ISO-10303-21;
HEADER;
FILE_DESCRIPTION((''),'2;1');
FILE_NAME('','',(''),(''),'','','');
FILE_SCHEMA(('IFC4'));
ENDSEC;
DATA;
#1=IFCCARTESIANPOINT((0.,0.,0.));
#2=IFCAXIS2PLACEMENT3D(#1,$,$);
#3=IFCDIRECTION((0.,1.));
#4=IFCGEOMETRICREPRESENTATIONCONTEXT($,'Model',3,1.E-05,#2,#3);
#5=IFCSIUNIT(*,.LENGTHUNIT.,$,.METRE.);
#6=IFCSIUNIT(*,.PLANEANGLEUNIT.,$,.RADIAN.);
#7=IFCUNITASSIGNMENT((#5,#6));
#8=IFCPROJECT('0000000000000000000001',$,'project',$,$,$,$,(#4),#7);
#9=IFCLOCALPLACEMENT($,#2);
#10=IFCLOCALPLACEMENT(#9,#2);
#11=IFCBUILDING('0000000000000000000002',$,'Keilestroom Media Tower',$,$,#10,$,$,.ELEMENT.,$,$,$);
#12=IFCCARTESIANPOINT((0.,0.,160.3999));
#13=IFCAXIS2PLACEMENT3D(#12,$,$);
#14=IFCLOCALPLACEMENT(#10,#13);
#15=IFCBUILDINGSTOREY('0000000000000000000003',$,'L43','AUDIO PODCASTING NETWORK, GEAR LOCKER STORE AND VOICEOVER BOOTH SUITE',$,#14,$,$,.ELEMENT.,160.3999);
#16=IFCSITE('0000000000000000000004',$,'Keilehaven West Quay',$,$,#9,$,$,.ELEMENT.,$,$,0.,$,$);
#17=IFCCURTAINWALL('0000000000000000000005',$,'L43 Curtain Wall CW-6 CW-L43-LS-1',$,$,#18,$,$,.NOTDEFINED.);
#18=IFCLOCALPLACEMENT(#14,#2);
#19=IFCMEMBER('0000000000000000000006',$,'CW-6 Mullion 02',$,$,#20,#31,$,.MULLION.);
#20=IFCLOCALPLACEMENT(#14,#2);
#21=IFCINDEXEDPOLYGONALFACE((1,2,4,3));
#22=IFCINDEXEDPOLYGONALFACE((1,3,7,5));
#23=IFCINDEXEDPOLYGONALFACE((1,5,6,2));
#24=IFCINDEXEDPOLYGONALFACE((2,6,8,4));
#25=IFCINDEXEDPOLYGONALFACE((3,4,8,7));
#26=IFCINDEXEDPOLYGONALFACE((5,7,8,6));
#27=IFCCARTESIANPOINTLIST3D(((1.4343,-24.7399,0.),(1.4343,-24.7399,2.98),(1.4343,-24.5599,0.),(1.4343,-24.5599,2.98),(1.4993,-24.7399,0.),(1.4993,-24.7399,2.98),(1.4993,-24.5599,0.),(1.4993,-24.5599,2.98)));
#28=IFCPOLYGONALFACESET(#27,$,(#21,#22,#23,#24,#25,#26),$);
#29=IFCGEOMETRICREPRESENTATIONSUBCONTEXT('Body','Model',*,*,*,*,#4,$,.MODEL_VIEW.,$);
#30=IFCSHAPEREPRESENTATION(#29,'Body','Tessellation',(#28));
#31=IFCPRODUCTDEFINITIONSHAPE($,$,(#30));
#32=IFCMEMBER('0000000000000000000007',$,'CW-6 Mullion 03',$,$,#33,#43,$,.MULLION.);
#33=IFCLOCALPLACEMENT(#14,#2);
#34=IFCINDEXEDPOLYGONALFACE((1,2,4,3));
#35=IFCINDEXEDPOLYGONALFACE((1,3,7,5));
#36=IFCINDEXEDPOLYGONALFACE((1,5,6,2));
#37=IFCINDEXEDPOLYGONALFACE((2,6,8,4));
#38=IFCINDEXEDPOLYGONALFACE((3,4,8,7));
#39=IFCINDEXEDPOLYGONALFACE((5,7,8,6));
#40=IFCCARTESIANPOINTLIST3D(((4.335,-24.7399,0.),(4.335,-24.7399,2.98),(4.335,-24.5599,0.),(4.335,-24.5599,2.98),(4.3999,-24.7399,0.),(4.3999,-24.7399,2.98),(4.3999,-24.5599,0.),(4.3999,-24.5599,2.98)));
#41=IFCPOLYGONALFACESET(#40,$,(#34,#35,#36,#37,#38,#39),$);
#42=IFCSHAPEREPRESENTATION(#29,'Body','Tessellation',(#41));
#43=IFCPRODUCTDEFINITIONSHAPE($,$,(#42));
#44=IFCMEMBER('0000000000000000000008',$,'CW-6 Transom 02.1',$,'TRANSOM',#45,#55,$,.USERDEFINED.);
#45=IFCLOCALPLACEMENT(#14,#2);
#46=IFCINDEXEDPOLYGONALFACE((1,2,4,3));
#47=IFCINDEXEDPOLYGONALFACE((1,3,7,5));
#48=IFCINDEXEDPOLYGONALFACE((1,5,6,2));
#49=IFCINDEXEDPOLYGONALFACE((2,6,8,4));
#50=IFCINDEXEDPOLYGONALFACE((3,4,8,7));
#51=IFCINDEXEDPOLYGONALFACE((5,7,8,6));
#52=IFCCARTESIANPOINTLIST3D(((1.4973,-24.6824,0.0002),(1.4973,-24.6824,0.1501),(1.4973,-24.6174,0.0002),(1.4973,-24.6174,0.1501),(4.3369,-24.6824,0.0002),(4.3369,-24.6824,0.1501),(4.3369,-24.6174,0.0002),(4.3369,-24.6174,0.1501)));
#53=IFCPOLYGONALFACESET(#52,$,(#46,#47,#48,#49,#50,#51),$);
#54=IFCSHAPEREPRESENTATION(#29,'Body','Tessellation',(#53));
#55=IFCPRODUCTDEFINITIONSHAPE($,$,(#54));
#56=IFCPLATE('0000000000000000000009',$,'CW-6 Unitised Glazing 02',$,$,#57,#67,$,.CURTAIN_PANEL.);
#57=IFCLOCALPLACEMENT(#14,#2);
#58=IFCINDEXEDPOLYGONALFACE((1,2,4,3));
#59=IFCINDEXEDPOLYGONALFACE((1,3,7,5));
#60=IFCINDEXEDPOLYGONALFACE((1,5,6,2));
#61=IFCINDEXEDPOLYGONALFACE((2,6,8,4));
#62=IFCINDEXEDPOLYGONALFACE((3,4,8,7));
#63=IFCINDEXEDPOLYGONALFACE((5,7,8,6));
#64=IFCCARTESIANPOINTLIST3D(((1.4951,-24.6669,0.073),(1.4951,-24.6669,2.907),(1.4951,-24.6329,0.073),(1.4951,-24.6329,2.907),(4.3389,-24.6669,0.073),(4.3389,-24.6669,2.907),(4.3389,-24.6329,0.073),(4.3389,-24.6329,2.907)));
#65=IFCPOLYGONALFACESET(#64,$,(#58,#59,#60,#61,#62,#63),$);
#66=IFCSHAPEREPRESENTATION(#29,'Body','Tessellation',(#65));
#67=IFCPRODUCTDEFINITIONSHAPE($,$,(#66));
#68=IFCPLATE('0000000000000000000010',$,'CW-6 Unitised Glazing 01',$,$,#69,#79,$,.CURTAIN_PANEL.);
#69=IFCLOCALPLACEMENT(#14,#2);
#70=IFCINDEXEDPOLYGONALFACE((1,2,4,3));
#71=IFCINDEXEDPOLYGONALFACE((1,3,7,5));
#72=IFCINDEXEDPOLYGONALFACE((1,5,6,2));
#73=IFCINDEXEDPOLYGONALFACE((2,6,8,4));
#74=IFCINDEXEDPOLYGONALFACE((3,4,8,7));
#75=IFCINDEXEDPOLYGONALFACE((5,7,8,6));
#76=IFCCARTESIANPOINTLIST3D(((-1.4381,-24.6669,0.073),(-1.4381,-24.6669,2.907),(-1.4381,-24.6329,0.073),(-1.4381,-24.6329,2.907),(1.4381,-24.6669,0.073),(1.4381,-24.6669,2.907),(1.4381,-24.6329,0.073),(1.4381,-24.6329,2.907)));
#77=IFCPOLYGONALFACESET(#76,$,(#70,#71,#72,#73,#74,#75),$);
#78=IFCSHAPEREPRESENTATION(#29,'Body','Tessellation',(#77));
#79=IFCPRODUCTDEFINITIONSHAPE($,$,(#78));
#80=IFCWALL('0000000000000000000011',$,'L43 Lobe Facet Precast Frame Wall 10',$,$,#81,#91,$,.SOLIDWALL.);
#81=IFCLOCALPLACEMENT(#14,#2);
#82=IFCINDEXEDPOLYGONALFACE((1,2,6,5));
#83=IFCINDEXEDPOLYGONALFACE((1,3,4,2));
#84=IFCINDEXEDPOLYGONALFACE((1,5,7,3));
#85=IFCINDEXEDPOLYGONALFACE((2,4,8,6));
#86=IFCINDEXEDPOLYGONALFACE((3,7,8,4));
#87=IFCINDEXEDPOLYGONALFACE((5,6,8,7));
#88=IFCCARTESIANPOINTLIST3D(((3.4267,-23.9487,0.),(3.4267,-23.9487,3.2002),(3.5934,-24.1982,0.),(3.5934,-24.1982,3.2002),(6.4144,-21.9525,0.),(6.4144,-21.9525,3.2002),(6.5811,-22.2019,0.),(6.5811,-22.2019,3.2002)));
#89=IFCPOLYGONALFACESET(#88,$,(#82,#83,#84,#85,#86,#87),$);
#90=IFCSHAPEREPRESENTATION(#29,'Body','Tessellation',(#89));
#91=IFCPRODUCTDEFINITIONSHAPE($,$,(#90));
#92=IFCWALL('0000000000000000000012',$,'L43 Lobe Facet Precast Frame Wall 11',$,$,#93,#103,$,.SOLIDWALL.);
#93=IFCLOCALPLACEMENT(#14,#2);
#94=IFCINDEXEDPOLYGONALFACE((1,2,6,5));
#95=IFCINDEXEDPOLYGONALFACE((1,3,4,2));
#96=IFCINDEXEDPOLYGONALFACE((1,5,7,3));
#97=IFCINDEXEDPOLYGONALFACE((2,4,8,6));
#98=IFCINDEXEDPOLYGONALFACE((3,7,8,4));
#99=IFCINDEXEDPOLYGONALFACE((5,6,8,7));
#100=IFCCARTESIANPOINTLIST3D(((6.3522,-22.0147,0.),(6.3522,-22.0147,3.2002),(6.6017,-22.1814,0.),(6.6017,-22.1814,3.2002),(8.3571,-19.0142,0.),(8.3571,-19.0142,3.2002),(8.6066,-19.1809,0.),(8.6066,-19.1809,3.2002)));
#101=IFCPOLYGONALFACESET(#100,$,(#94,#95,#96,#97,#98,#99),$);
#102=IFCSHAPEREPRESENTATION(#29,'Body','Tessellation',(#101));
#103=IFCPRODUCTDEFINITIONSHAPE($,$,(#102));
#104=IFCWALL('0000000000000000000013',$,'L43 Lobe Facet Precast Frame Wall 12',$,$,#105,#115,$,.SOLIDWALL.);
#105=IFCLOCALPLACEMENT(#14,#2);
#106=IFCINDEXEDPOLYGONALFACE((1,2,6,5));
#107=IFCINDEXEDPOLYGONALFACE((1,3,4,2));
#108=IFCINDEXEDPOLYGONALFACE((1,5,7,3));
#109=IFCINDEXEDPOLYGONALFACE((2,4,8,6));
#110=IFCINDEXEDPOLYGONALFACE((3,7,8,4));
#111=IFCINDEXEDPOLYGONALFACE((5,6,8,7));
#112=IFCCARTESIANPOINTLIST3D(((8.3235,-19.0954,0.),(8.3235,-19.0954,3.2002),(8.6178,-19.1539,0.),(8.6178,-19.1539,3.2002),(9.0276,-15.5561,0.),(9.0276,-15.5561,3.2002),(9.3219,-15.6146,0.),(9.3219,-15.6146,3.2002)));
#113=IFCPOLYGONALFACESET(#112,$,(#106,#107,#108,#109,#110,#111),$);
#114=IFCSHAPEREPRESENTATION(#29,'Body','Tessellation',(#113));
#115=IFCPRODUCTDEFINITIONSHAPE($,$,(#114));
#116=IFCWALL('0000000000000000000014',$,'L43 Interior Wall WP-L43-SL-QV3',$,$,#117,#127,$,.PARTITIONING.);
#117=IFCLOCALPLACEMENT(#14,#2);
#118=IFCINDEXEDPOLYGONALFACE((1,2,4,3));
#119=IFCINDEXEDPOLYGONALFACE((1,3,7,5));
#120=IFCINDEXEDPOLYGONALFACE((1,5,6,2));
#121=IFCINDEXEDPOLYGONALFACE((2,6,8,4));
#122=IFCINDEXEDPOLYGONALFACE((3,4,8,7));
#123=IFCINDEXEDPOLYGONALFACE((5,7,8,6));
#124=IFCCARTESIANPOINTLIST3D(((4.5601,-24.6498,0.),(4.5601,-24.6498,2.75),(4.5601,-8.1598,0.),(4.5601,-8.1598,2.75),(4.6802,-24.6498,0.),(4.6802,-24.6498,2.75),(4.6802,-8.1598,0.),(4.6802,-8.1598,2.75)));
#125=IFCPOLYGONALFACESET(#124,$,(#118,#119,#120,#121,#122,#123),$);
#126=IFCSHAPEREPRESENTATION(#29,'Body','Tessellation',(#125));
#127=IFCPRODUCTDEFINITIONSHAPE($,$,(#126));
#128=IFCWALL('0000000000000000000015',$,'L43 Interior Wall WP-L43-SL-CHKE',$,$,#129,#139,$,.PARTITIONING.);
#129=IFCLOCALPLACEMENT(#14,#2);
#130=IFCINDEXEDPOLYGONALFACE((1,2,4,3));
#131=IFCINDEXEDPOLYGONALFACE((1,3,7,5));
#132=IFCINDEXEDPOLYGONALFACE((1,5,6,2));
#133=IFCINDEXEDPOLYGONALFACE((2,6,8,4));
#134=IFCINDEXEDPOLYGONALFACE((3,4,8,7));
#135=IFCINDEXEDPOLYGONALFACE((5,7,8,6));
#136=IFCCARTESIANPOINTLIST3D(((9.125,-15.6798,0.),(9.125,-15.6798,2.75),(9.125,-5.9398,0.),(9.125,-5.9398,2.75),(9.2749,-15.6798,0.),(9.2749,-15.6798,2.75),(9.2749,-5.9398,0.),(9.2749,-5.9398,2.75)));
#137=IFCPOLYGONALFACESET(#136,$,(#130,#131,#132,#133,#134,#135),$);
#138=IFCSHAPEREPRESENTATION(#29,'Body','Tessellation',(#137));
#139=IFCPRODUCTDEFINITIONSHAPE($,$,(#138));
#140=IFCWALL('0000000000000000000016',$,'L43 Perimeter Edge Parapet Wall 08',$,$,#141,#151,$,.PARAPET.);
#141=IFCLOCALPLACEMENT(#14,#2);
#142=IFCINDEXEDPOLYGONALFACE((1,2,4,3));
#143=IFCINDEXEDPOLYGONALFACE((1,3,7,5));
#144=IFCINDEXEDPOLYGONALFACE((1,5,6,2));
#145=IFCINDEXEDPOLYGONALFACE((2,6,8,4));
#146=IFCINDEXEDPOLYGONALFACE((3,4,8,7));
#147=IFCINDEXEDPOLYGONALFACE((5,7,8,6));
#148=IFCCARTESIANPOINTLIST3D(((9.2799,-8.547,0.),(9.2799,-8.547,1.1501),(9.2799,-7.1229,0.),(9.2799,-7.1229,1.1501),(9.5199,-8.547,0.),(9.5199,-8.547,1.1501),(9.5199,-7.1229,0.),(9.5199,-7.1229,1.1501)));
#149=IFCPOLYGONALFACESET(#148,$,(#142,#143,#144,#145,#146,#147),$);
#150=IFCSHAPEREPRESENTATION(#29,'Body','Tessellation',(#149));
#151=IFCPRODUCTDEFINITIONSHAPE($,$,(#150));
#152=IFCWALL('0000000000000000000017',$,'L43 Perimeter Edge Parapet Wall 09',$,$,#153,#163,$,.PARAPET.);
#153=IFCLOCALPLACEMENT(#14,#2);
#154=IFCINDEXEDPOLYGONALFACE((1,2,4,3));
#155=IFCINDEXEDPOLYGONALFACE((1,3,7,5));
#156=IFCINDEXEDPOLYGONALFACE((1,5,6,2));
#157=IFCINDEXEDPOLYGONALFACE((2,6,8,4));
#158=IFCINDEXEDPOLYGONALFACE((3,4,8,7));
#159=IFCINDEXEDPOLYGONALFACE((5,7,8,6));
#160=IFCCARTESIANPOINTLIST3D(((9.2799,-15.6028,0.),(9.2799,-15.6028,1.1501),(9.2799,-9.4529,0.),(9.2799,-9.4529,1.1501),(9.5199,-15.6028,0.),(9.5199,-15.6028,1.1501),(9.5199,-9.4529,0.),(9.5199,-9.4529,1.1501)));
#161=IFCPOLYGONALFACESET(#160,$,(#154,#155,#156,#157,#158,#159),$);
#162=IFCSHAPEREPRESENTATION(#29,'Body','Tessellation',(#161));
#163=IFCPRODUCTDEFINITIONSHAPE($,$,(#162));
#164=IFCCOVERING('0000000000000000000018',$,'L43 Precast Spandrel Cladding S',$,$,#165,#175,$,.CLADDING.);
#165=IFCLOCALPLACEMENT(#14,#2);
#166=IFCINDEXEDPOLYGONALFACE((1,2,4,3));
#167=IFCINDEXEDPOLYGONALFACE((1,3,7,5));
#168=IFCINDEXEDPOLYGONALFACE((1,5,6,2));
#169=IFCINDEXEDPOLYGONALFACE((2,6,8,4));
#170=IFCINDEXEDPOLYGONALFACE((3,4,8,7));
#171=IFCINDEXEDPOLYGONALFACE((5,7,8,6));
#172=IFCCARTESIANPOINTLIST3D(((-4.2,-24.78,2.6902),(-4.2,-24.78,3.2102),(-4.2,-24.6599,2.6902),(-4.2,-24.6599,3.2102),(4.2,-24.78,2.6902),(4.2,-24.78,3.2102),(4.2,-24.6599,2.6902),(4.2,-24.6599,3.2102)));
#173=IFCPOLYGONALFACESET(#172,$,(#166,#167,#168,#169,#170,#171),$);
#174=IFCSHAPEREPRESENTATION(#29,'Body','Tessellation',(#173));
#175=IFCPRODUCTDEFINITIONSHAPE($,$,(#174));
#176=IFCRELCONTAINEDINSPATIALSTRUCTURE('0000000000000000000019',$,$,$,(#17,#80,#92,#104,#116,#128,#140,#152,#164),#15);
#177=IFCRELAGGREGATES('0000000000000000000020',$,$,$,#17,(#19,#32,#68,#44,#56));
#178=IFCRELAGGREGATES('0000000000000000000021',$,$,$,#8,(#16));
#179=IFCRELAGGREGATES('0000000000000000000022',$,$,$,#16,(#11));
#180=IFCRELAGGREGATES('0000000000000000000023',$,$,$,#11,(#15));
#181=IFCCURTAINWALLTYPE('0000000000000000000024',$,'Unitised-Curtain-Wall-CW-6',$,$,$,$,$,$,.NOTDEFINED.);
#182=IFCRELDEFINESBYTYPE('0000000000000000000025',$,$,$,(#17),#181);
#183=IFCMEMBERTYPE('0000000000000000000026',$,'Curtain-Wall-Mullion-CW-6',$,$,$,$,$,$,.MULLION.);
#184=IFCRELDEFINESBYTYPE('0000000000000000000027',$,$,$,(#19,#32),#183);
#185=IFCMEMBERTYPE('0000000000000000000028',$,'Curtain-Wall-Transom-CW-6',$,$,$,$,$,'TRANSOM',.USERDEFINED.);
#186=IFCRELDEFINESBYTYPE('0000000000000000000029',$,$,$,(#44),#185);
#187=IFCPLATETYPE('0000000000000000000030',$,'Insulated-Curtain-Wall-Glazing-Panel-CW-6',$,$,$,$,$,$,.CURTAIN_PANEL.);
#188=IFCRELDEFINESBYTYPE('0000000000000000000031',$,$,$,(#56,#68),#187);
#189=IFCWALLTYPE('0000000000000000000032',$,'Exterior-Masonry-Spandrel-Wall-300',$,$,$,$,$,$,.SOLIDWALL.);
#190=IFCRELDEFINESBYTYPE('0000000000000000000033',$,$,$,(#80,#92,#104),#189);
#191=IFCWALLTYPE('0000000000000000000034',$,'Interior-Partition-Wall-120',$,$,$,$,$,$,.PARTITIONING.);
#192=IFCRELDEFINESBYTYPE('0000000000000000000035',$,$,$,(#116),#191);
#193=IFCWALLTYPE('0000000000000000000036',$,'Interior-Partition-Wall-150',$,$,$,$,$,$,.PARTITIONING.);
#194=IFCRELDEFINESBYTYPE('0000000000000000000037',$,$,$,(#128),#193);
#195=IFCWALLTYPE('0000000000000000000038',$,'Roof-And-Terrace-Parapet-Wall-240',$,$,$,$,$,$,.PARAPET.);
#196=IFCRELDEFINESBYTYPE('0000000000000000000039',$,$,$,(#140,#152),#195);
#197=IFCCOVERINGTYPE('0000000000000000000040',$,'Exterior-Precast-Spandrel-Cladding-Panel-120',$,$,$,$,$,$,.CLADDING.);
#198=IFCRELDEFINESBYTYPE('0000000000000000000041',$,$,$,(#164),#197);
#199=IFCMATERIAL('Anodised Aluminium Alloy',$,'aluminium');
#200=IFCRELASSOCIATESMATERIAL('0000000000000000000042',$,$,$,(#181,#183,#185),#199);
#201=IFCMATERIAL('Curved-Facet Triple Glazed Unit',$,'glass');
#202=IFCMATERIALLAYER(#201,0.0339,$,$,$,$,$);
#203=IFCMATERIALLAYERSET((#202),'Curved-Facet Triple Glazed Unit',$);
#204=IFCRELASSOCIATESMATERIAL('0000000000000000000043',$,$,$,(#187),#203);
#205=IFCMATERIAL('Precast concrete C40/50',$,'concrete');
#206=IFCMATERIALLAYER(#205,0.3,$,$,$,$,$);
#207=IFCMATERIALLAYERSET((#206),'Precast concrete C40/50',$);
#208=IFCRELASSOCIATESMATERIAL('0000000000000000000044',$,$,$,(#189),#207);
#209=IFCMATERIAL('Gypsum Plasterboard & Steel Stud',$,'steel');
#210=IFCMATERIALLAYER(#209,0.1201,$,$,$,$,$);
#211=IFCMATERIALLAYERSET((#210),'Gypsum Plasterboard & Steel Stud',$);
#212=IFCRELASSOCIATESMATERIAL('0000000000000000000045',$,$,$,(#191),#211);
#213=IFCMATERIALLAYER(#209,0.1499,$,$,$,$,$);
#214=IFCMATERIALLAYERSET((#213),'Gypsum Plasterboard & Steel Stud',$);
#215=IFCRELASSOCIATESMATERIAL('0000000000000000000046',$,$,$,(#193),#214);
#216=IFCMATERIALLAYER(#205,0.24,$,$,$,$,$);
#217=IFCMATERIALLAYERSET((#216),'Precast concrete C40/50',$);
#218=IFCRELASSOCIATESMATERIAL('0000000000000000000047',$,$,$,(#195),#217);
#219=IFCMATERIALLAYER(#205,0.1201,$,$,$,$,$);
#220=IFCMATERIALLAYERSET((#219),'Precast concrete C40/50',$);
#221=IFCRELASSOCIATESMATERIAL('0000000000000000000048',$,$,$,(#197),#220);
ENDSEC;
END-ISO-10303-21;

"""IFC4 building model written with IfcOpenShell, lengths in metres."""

from ifc_helpers import new_model, si_unit, direction, frame, frame_2d, origin, origin_2d, place, context, subcontext, project, spatial, rectangle, extrude, source, transform, mapped, material, layer, layer_set, material_profile, profile_set, type_object, element, aggregate, save


model = new_model("IFC4")

# Units and contexts
model_context = context("Model", 3, precision=1e-05, world=origin(), true_north=direction((0.0, 1.0)))
body_context = subcontext(model_context, "Body", "Model", "MODEL_VIEW")
ifc_project = project(units=[si_unit("LENGTHUNIT", "METRE"), si_unit("PLANEANGLEUNIT", "RADIAN")], contexts=[model_context])

# Site, building, storey
site_placement = place(None, origin())
site = spatial("IfcSite", under=ifc_project, at=site_placement, Name="Keilehaven West Quay", CompositionType="ELEMENT", RefElevation=0.0)
building_placement = place(site_placement, origin())
building = spatial("IfcBuilding", under=site, at=building_placement, Name="Keilestroom Media Tower", CompositionType="ELEMENT")
storey_placement = place(building_placement, frame((0.0, 0.0, 160.3999)))
storey = spatial("IfcBuildingStorey", under=building, at=storey_placement, Name="L43", Description="AUDIO PODCASTING NETWORK, GEAR LOCKER STORE AND VOICEOVER BOOTH SUITE", CompositionType="ELEMENT", Elevation=160.3999)

# Shared definitions
ifc_material_1 = material(Name="Precast concrete C40/50", Category="concrete")

# Curtain wall, members, plates
ifc_material_2 = material(Name="Anodised Aluminium Alloy", Category="aluminium")
curtain_wall_type = type_object("IfcCurtainWallType", Name="Unitised-Curtain-Wall-CW-6", PredefinedType="NOTDEFINED", material=ifc_material_2)
curtain_wall_placement = place(storey_placement, origin())
curtain_wall = element("IfcCurtainWall", 1, at=curtain_wall_placement, inside=storey, type_object=curtain_wall_type, Name="L43 Curtain Wall CW-6 CW-L43-LS-1", PredefinedType="NOTDEFINED")
ifc_material_profile_1 = material_profile(ifc_material_2, rectangle(XDim=0.0649, YDim=0.1799, at=origin_2d()), Name="ALU MULLION 65x180")
ifc_profile_set_1 = profile_set([ifc_material_profile_1], Name="Anodised Aluminium Alloy")
member_type_1 = type_object("IfcMemberType", Name="Curtain-Wall-Mullion-CW-6", PredefinedType="MULLION", material=ifc_profile_set_1)
shared_shape_1 = source(origin(), body_context, "Body", "SweptSolid", [
    extrude(rectangle(XDim=0.0649, YDim=0.1799, at=origin_2d()), origin(), (0.0, 0.0, 1.0), 2.98),
])
member_1_placement = place(storey_placement, frame((1.4668, -24.6499, 0.0), z_axis=(0.0, 0.0, 1.0), x_axis=(1.0, 0.0, 0.0)))
member_1 = element("IfcMember", 2, at=member_1_placement, type_object=member_type_1, Name="CW-6 Mullion 02", PredefinedType="MULLION", context=body_context, shape_type="MappedRepresentation", body=[
    mapped(shared_shape_1, transform((0.0, 0.0, 0.0), x_axis=(1.0, 0.0, 0.0), y_axis=(0.0, 1.0, 0.0), z_axis=(0.0, 0.0, 1.0), scale=1.0)),
])
member_2_placement = place(storey_placement, frame((4.3674, -24.6499, 0.0), z_axis=(0.0, 0.0, 1.0), x_axis=(1.0, 0.0, 0.0)))
member_2 = element("IfcMember", 3, at=member_2_placement, type_object=member_type_1, Name="CW-6 Mullion 03", PredefinedType="MULLION", context=body_context, shape_type="MappedRepresentation", body=[
    mapped(shared_shape_1, transform((0.0, 0.0, 0.0), x_axis=(1.0, 0.0, 0.0), y_axis=(0.0, 1.0, 0.0), z_axis=(0.0, 0.0, 1.0), scale=1.0)),
])
ifc_material_profile_2 = material_profile(ifc_material_2, rectangle(XDim=0.0649, YDim=0.1499, at=origin_2d()), Name="ALU TRANSOM 65x150")
ifc_profile_set_2 = profile_set([ifc_material_profile_2], Name="Anodised Aluminium Alloy")
member_type_2 = type_object("IfcMemberType", Name="Curtain-Wall-Transom-CW-6", ElementType="TRANSOM", PredefinedType="USERDEFINED", material=ifc_profile_set_2)
shared_shape_2 = source(origin(), body_context, "Body", "SweptSolid", [
    extrude(rectangle(XDim=0.0649, YDim=0.1499, at=origin_2d()), origin(), (0.0, 0.0, 1.0), 2.8396),
])
member_3_placement = place(storey_placement, frame((1.4973, -24.6499, 0.0752), z_axis=(1.0, 0.0, 0.0), x_axis=(0.0, 1.0, 0.0)))
member_3 = element("IfcMember", 4, at=member_3_placement, type_object=member_type_2, Name="CW-6 Transom 02.1", ObjectType="TRANSOM", PredefinedType="USERDEFINED", context=body_context, shape_type="MappedRepresentation", body=[
    mapped(shared_shape_2, transform((0.0, 0.0, 0.0), x_axis=(1.0, 0.0, 0.0), y_axis=(0.0, 1.0, 0.0), z_axis=(0.0, 0.0, 1.0), scale=1.0)),
])
ifc_material_3 = material(Name="Curved-Facet Triple Glazed Unit", Category="glass")
ifc_layer_1 = layer(ifc_material_3, 0.0339)
ifc_layer_set_1 = layer_set([ifc_layer_1], Name="Curved-Facet Triple Glazed Unit")
plate_type = type_object("IfcPlateType", Name="Insulated-Curtain-Wall-Glazing-Panel-CW-6", PredefinedType="CURTAIN_PANEL", material=ifc_layer_set_1)
shared_shape_3 = source(origin(), body_context, "Body", "SweptSolid", [
    extrude(rectangle(XDim=2.8438, YDim=0.0339, at=origin_2d()), origin(), (0.0, 0.0, 1.0), 2.834),
])
plate_1_placement = place(storey_placement, frame((2.917, -24.6499, 0.073), z_axis=(0.0, 0.0, 1.0), x_axis=(1.0, 0.0, 0.0)))
plate_1 = element("IfcPlate", 5, at=plate_1_placement, type_object=plate_type, Name="CW-6 Unitised Glazing 02", PredefinedType="CURTAIN_PANEL", context=body_context, shape_type="MappedRepresentation", body=[
    mapped(shared_shape_3, transform((0.0, 0.0, 0.0), x_axis=(1.0, 0.0, 0.0), y_axis=(0.0, 1.0, 0.0), z_axis=(0.0, 0.0, 1.0), scale=1.0)),
])
shared_shape_4 = source(origin(), body_context, "Body", "SweptSolid", [
    extrude(rectangle(XDim=2.8762, YDim=0.0339, at=origin_2d()), origin(), (0.0, 0.0, 1.0), 2.834),
])
plate_2_placement = place(storey_placement, frame((0.0, -24.6499, 0.073), z_axis=(0.0, 0.0, 1.0), x_axis=(1.0, 0.0, 0.0)))
plate_2 = element("IfcPlate", 6, at=plate_2_placement, type_object=plate_type, Name="CW-6 Unitised Glazing 01", PredefinedType="CURTAIN_PANEL", context=body_context, shape_type="MappedRepresentation", body=[
    mapped(shared_shape_4, transform((0.0, 0.0, 0.0), x_axis=(1.0, 0.0, 0.0), y_axis=(0.0, 1.0, 0.0), z_axis=(0.0, 0.0, 1.0), scale=1.0)),
])
aggregate(curtain_wall, [member_1, member_2, plate_2, member_3, plate_1])

# Walls
ifc_layer_2 = layer(ifc_material_1, 0.3)
ifc_layer_set_2 = layer_set([ifc_layer_2], Name="Precast concrete C40/50")
wall_type_1 = type_object("IfcWallType", Name="Exterior-Masonry-Spandrel-Wall-300", PredefinedType="SOLIDWALL", material=ifc_layer_set_2)
wall_1_placement = place(storey_placement, frame((3.51, -24.0735, 0.0), z_axis=(0.0, 0.0, 1.0), x_axis=(0.831475, 0.555562, 0.0)))
element("IfcWall", 7, at=wall_1_placement, inside=storey, type_object=wall_type_1, Name="L43 Lobe Facet Precast Frame Wall 10", PredefinedType="SOLIDWALL", context=body_context, shape_type="SweptSolid", body=[
    extrude(rectangle(XDim=3.5933, YDim=0.3, at=frame_2d((1.7966, 0.0))), origin(), (0.0, 0.0, 1.0), 3.2002),
])
for number, where, z_axis, x_axis, name in (
    (8, (6.4771, -22.0979, 0.0), (0.0, 0.0, 1.0), (0.555574, 0.831467, 0.0), "L43 Lobe Facet Precast Frame Wall 11"),
    (9, (8.4707, -19.1245, 0.0), (0.0, 0.0, 1.0), (0.195114, 0.980781, 0.0), "L43 Lobe Facet Precast Frame Wall 12"),
):
    element("IfcWall", number, at=place(storey_placement, frame(where, z_axis=z_axis, x_axis=x_axis)), inside=storey, type_object=wall_type_1, Name=name, PredefinedType="SOLIDWALL", context=body_context, shape_type="SweptSolid", body=[
        extrude(rectangle(XDim=3.6086, YDim=0.3, at=frame_2d((1.8042, 0.0))), origin(), (0.0, 0.0, 1.0), 3.2002),
    ])
ifc_material_4 = material(Name="Gypsum Plasterboard & Steel Stud", Category="steel")
ifc_layer_3 = layer(ifc_material_4, 0.1201)
ifc_layer_set_3 = layer_set([ifc_layer_3], Name="Gypsum Plasterboard & Steel Stud")
wall_type_2 = type_object("IfcWallType", Name="Interior-Partition-Wall-120", PredefinedType="PARTITIONING", material=ifc_layer_set_3)
wall_2_placement = place(storey_placement, frame((4.6201, -24.6499, 0.0), z_axis=(0.0, 0.0, 1.0), x_axis=(0.0, 1.0, 0.0)))
element("IfcWall", 10, at=wall_2_placement, inside=storey, type_object=wall_type_2, Name="L43 Interior Wall WP-L43-SL-QV3", PredefinedType="PARTITIONING", context=body_context, shape_type="SweptSolid", body=[
    extrude(rectangle(XDim=16.49, YDim=0.1201, at=frame_2d((8.2451, 0.0))), origin(), (0.0, 0.0, 1.0), 2.75),
])
ifc_layer_4 = layer(ifc_material_4, 0.1499)
ifc_layer_set_4 = layer_set([ifc_layer_4], Name="Gypsum Plasterboard & Steel Stud")
wall_type_3 = type_object("IfcWallType", Name="Interior-Partition-Wall-150", PredefinedType="PARTITIONING", material=ifc_layer_set_4)
wall_3_placement = place(storey_placement, frame((9.2, -15.6799, 0.0), z_axis=(0.0, 0.0, 1.0), x_axis=(0.0, 1.0, 0.0)))
element("IfcWall", 11, at=wall_3_placement, inside=storey, type_object=wall_type_3, Name="L43 Interior Wall WP-L43-SL-CHKE", PredefinedType="PARTITIONING", context=body_context, shape_type="SweptSolid", body=[
    extrude(rectangle(XDim=9.74, YDim=0.1499, at=frame_2d((4.8701, 0.0))), origin(), (0.0, 0.0, 1.0), 2.75),
])
ifc_layer_5 = layer(ifc_material_1, 0.24)
ifc_layer_set_5 = layer_set([ifc_layer_5], Name="Precast concrete C40/50")
wall_type_4 = type_object("IfcWallType", Name="Roof-And-Terrace-Parapet-Wall-240", PredefinedType="PARAPET", material=ifc_layer_set_5)
wall_4_placement = place(storey_placement, frame((9.3999, -7.123, 0.0), z_axis=(0.0, 0.0, 1.0), x_axis=(0.0, -1.0, 0.0)))
element("IfcWall", 12, at=wall_4_placement, inside=storey, type_object=wall_type_4, Name="L43 Perimeter Edge Parapet Wall 08", PredefinedType="PARAPET", context=body_context, shape_type="SweptSolid", body=[
    extrude(rectangle(XDim=1.4241, YDim=0.24, at=frame_2d((0.7119, 0.0))), origin(), (0.0, 0.0, 1.0), 1.1501),
])
wall_5_placement = place(storey_placement, frame((9.3999, -9.4529, 0.0), z_axis=(0.0, 0.0, 1.0), x_axis=(0.0, -1.0, 0.0)))
element("IfcWall", 13, at=wall_5_placement, inside=storey, type_object=wall_type_4, Name="L43 Perimeter Edge Parapet Wall 09", PredefinedType="PARAPET", context=body_context, shape_type="SweptSolid", body=[
    extrude(rectangle(XDim=6.1499, YDim=0.24, at=frame_2d((3.075, 0.0))), origin(), (0.0, 0.0, 1.0), 1.1501),
])

# Covering
ifc_layer_6 = layer(ifc_material_1, 0.1201)
ifc_layer_set_6 = layer_set([ifc_layer_6], Name="Precast concrete C40/50")
covering_type = type_object("IfcCoveringType", Name="Exterior-Precast-Spandrel-Cladding-Panel-120", PredefinedType="CLADDING", material=ifc_layer_set_6)
shared_shape_5 = source(origin(), body_context, "Body", "SweptSolid", [
    extrude(rectangle(XDim=8.3999, YDim=0.1201, at=origin_2d()), origin(), (0.0, 0.0, 1.0), 0.52),
])
covering_1_placement = place(storey_placement, frame((0.0, -24.72, 2.6902), z_axis=(0.0, 0.0, 1.0), x_axis=(1.0, 0.0, 0.0)))
element("IfcCovering", 14, at=covering_1_placement, inside=storey, type_object=covering_type, Name="L43 Precast Spandrel Cladding S", PredefinedType="CLADDING", context=body_context, shape_type="MappedRepresentation", body=[
    mapped(shared_shape_5, transform((0.0, 0.0, 0.0), x_axis=(1.0, 0.0, 0.0), y_axis=(0.0, 1.0, 0.0), z_axis=(0.0, 0.0, 1.0), scale=1.0)),
])

save(model, "model.ifc")
